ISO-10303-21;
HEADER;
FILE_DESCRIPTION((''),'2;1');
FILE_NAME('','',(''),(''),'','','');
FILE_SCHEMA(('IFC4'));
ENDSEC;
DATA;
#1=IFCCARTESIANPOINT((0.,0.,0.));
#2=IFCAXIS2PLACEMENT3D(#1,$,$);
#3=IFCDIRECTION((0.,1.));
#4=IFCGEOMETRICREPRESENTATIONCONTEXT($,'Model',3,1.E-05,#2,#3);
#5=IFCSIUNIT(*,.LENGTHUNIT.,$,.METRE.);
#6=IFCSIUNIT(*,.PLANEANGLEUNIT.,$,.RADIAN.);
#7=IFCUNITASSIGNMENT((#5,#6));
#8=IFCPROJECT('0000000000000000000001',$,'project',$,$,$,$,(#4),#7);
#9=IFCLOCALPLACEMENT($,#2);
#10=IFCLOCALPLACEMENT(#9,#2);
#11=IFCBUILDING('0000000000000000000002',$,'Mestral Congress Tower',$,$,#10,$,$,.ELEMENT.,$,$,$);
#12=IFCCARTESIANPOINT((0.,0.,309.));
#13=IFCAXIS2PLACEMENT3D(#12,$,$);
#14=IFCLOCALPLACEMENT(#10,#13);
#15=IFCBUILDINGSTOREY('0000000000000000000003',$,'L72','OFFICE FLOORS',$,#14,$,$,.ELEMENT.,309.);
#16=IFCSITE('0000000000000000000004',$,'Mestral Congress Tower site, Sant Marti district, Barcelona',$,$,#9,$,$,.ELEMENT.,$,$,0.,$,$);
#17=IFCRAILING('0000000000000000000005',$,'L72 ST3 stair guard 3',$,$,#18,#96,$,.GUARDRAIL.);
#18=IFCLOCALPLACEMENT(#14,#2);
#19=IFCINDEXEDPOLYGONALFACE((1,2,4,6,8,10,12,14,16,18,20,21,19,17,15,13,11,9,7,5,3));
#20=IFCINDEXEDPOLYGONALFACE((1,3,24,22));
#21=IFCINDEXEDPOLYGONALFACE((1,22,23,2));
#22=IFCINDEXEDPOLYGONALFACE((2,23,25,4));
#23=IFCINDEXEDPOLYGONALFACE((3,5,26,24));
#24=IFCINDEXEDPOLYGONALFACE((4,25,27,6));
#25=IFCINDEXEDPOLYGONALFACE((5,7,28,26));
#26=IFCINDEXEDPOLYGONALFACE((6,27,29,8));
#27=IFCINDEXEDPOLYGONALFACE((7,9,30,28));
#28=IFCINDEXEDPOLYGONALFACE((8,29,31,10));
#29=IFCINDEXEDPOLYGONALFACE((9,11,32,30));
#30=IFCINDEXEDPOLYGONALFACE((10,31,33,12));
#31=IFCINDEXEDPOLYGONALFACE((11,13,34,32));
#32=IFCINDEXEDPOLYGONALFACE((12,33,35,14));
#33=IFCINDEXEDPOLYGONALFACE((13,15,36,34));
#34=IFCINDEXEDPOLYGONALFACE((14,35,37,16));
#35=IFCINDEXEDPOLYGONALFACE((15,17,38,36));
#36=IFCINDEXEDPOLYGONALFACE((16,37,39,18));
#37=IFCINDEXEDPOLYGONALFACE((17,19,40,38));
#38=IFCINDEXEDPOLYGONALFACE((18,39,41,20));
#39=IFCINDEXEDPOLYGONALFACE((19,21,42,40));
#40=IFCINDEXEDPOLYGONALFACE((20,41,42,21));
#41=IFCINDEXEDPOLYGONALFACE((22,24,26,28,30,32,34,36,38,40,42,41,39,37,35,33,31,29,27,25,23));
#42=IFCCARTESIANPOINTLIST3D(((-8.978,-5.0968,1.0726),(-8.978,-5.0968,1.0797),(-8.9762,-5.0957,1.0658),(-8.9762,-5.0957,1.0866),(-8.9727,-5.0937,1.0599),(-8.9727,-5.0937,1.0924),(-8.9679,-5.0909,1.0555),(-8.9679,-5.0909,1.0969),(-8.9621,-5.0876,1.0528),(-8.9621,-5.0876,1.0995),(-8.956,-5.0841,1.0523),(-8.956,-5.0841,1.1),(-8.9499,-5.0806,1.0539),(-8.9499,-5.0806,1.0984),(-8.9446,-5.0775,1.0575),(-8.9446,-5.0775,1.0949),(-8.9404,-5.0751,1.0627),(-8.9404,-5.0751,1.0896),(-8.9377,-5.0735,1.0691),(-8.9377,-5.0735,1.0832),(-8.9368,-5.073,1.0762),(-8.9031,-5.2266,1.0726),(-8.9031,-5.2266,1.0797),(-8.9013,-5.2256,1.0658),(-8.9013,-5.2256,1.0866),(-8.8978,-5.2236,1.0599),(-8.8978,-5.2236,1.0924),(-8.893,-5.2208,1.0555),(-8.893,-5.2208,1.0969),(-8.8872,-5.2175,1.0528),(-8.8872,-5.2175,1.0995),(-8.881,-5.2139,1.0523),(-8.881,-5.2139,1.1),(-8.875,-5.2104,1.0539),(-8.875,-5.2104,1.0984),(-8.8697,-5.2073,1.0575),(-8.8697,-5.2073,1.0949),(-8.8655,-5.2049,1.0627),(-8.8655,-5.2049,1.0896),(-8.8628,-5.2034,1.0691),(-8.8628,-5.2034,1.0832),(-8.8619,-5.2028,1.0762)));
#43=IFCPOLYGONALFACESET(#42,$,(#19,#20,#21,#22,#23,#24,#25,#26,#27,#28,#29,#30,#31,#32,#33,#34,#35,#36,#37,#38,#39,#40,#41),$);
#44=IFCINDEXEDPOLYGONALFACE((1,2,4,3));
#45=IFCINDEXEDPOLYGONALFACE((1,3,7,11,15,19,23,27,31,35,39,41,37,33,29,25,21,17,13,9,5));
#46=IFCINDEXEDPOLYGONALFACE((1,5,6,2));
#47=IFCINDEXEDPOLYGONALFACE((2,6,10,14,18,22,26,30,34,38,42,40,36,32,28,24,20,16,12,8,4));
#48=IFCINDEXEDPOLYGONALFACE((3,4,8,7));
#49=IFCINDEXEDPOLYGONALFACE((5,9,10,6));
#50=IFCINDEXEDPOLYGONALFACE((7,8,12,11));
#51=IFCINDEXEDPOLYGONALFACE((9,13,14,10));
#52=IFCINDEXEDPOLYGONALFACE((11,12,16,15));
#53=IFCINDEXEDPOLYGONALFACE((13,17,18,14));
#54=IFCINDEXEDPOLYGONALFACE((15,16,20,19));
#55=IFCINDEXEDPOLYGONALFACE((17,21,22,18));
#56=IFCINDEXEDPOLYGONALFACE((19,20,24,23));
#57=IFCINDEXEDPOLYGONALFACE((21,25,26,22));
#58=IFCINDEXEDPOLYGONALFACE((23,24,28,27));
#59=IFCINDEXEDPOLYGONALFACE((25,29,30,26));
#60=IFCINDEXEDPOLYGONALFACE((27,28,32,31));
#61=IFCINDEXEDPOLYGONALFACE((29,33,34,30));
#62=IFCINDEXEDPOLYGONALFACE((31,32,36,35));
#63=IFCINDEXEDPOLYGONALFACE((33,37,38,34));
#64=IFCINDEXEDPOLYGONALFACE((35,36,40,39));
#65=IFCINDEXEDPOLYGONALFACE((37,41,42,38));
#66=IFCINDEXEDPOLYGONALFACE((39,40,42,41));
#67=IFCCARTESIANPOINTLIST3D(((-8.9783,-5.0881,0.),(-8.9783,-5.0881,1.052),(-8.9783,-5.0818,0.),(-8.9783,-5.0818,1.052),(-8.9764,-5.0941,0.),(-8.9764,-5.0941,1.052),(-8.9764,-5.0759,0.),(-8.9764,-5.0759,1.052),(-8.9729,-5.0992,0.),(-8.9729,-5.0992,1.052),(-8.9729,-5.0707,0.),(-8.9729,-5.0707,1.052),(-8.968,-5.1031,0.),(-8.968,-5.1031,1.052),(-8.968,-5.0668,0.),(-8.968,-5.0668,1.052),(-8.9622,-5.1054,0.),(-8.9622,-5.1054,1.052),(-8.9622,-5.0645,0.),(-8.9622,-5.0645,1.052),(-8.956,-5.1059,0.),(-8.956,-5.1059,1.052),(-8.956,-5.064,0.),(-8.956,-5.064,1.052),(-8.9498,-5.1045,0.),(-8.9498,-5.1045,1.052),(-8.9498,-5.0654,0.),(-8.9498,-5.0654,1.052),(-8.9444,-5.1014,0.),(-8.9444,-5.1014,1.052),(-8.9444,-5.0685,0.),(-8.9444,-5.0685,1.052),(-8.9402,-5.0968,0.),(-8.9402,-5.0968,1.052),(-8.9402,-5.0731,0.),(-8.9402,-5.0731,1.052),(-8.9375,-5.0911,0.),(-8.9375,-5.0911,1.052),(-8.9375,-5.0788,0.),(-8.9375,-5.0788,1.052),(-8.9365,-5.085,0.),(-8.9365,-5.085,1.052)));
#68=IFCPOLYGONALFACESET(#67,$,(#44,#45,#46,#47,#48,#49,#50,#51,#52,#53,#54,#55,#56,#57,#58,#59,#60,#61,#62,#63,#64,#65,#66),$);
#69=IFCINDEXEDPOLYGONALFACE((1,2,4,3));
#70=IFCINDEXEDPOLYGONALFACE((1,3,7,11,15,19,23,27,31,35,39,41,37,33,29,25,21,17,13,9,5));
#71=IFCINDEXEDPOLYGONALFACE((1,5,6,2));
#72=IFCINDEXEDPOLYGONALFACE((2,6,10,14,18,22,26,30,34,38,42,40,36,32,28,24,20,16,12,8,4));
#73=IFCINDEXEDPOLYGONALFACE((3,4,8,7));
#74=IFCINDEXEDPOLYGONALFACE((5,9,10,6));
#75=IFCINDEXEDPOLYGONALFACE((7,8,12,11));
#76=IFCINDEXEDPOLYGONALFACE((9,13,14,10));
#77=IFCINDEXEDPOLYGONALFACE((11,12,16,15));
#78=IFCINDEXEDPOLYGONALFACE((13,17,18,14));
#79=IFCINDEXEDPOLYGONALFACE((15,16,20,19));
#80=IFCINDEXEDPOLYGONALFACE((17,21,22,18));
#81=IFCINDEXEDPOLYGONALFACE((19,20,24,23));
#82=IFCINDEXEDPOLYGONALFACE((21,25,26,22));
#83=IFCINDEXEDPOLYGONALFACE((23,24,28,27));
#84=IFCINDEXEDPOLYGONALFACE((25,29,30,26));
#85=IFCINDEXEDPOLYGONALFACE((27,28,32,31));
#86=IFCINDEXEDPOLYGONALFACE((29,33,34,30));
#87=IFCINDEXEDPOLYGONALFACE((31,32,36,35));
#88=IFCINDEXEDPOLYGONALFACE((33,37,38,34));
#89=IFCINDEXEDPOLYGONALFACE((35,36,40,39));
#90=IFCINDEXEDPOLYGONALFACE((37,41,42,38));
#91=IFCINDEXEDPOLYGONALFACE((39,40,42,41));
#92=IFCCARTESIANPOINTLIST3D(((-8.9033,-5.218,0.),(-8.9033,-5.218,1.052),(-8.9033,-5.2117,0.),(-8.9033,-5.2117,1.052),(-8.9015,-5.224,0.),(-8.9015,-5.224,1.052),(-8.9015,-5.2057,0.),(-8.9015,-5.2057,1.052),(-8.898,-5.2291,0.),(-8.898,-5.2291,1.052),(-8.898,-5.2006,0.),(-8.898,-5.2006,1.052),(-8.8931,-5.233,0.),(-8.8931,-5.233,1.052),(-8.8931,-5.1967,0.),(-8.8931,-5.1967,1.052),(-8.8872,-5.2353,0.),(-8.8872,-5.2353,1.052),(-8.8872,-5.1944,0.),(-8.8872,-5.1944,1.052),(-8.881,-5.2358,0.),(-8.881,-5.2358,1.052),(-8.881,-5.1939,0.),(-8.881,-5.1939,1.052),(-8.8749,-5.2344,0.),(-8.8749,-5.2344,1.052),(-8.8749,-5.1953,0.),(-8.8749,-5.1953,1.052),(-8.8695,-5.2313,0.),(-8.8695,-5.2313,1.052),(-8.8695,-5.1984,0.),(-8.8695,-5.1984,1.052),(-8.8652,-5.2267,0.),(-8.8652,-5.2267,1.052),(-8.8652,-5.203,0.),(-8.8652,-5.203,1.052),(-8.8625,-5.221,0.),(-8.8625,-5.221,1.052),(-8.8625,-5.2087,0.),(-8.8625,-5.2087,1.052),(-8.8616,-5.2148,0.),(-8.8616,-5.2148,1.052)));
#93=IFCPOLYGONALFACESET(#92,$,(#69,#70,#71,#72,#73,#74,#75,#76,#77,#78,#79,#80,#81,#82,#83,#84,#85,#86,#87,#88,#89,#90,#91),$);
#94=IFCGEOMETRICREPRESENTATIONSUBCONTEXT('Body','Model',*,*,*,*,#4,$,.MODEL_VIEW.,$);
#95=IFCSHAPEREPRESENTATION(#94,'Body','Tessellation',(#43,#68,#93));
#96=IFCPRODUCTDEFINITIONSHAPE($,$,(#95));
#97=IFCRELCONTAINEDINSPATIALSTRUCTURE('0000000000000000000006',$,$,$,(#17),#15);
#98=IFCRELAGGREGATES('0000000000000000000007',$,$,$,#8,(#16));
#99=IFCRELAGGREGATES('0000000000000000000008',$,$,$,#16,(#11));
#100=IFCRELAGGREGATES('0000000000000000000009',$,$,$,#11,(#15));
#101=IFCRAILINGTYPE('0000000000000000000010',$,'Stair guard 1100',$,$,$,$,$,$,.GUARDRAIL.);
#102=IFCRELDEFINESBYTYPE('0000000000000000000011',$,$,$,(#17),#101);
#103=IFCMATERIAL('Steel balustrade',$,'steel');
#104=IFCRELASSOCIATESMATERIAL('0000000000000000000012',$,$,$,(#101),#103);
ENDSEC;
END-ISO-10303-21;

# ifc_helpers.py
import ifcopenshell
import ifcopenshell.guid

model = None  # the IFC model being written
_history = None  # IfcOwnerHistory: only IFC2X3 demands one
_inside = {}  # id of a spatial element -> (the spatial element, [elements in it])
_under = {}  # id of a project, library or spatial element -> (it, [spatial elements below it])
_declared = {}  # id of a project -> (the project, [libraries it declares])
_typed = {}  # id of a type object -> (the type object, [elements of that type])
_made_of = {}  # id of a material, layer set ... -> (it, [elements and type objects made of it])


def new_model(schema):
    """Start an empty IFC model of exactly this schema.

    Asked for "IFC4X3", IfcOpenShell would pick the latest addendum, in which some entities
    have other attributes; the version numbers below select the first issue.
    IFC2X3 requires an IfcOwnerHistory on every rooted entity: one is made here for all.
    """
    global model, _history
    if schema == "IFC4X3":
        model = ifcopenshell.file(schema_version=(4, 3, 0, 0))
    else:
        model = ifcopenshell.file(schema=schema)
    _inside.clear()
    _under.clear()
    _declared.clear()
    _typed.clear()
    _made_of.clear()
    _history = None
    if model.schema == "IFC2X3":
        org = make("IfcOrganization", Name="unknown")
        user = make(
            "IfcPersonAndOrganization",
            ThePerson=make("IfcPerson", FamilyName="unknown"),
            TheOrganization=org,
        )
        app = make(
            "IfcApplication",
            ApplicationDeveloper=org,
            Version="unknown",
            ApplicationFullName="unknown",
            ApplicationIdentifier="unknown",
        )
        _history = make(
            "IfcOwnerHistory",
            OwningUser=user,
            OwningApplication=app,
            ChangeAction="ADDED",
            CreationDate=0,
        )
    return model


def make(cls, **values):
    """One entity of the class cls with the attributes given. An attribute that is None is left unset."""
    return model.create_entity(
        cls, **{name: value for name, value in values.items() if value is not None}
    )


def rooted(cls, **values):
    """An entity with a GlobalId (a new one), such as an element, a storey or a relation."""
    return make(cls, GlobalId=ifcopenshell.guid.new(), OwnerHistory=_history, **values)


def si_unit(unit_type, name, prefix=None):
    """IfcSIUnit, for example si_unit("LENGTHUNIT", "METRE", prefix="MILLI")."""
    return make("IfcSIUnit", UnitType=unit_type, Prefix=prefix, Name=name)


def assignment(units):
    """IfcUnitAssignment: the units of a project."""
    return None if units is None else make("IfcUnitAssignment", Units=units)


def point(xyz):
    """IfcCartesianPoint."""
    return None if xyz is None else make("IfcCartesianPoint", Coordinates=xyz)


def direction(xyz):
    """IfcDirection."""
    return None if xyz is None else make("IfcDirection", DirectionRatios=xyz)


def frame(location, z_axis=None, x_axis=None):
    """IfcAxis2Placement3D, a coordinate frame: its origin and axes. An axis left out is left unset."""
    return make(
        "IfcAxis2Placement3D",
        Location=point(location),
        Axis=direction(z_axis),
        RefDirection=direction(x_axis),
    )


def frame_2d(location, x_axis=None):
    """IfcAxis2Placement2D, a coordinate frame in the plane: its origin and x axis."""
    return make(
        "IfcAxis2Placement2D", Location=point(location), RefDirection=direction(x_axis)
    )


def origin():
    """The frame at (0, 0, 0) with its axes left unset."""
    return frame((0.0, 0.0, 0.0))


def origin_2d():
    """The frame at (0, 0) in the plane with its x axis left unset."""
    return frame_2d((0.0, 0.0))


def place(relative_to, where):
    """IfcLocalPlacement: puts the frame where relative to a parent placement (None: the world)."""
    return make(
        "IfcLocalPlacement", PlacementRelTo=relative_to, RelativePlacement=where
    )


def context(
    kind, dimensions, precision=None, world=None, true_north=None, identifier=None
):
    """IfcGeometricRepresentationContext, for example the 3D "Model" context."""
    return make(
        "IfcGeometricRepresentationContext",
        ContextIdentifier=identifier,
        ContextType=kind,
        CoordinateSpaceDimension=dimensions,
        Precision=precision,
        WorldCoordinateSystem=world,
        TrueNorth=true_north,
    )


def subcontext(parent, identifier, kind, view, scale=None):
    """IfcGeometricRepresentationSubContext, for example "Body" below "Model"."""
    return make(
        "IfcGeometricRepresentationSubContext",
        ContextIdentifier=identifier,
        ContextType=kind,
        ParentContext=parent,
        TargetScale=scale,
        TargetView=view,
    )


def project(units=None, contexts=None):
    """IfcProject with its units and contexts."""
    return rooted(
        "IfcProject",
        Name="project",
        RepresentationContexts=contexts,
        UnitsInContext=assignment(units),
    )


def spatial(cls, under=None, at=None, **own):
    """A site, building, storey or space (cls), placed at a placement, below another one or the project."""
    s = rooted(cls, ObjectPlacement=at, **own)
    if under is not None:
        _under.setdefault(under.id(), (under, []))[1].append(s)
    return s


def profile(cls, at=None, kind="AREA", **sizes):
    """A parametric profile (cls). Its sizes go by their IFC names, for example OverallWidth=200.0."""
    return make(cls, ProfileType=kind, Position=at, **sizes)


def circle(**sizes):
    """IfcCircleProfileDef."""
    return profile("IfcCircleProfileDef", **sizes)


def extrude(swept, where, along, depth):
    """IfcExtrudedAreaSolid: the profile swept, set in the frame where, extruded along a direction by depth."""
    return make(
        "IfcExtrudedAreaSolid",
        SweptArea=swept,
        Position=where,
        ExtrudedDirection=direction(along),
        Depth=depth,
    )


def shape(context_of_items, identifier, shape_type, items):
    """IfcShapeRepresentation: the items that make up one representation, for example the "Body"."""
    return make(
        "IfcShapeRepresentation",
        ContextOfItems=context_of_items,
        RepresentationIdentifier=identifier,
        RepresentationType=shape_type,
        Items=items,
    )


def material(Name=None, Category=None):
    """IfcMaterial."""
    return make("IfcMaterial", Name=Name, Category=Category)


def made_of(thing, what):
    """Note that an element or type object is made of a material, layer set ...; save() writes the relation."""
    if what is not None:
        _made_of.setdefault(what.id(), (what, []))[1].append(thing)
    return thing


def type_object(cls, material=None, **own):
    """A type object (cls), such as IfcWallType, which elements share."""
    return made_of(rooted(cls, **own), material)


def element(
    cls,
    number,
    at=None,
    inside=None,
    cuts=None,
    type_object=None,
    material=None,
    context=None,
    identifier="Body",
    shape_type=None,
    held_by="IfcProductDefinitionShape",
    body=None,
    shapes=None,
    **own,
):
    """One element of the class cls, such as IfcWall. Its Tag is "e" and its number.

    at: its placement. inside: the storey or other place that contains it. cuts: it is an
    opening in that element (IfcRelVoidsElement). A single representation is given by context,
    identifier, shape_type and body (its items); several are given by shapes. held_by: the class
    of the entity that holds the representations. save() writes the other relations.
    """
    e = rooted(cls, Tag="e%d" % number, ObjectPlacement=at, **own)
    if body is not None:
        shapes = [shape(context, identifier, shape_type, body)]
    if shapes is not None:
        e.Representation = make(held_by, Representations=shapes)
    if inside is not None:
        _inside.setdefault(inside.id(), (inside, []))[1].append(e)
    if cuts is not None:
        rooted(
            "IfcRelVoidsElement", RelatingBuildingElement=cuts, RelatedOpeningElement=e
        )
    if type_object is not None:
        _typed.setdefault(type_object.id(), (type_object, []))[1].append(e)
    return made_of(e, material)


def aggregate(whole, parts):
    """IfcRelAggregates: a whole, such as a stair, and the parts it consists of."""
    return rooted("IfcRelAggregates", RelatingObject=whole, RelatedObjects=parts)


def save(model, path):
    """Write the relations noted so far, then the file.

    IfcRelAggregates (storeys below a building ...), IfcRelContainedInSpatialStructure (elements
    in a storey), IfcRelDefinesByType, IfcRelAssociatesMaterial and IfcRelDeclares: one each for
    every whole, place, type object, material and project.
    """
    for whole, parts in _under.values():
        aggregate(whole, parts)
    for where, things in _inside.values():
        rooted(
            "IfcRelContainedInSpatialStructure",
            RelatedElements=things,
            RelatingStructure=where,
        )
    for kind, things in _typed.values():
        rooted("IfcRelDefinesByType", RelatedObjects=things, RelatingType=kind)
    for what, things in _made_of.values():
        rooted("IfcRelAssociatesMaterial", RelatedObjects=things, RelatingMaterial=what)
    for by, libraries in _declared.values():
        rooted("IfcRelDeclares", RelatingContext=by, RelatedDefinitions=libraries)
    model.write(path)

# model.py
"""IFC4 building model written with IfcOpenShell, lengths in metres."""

from ifc_helpers import new_model, si_unit, direction, frame, origin, origin_2d, place, context, subcontext, project, spatial, circle, extrude, material, type_object, element, save


model = new_model("IFC4")

# Units and contexts
model_context = context("Model", 3, precision=1e-05, world=origin(), true_north=direction((0.0, 1.0)))
body_context = subcontext(model_context, "Body", "Model", "MODEL_VIEW")
ifc_project = project(units=[si_unit("LENGTHUNIT", "METRE"), si_unit("PLANEANGLEUNIT", "RADIAN")], contexts=[model_context])

# Site, building, storey
site_placement = place(None, origin())
site = spatial("IfcSite", under=ifc_project, at=site_placement, Name="Mestral Congress Tower site, Sant Marti district, Barcelona", CompositionType="ELEMENT", RefElevation=0.0)
building_placement = place(site_placement, origin())
building = spatial("IfcBuilding", under=site, at=building_placement, Name="Mestral Congress Tower", CompositionType="ELEMENT")
storey_placement = place(building_placement, frame((0.0, 0.0, 309.0)))
storey = spatial("IfcBuildingStorey", under=building, at=storey_placement, Name="L72", Description="OFFICE FLOORS", CompositionType="ELEMENT", Elevation=309.0)

# Railing
ifc_material_1 = material(Name="Steel balustrade", Category="steel")
railing_type_1 = type_object("IfcRailingType", Name="Stair guard 1100", PredefinedType="GUARDRAIL", material=ifc_material_1)
railing_1_placement = place(storey_placement, frame((-8.9575, -5.085, 0.0)))
element("IfcRailing", 1, at=railing_1_placement, inside=storey, type_object=railing_type_1, Name="L72 ST3 stair guard 3", PredefinedType="GUARDRAIL", context=body_context, shape_type="SweptSolid", body=[
    extrude(circle(Radius=0.0239, at=origin_2d()), frame((0.0, 0.0, 1.0762), z_axis=(0.499816, -0.866131, 0.0), x_axis=(0.866131, 0.499816, 0.0)), (0.0, 0.0, 1.0), 0.1499),
    extrude(circle(Radius=0.021, at=origin_2d()), origin(), (0.0, 0.0, 1.0), 1.052),
    extrude(circle(Radius=0.021, at=origin_2d()), frame((0.075, -0.1299, 0.0)), (0.0, 0.0, 1.0), 1.052),
])

save(model, "model.ifc")
